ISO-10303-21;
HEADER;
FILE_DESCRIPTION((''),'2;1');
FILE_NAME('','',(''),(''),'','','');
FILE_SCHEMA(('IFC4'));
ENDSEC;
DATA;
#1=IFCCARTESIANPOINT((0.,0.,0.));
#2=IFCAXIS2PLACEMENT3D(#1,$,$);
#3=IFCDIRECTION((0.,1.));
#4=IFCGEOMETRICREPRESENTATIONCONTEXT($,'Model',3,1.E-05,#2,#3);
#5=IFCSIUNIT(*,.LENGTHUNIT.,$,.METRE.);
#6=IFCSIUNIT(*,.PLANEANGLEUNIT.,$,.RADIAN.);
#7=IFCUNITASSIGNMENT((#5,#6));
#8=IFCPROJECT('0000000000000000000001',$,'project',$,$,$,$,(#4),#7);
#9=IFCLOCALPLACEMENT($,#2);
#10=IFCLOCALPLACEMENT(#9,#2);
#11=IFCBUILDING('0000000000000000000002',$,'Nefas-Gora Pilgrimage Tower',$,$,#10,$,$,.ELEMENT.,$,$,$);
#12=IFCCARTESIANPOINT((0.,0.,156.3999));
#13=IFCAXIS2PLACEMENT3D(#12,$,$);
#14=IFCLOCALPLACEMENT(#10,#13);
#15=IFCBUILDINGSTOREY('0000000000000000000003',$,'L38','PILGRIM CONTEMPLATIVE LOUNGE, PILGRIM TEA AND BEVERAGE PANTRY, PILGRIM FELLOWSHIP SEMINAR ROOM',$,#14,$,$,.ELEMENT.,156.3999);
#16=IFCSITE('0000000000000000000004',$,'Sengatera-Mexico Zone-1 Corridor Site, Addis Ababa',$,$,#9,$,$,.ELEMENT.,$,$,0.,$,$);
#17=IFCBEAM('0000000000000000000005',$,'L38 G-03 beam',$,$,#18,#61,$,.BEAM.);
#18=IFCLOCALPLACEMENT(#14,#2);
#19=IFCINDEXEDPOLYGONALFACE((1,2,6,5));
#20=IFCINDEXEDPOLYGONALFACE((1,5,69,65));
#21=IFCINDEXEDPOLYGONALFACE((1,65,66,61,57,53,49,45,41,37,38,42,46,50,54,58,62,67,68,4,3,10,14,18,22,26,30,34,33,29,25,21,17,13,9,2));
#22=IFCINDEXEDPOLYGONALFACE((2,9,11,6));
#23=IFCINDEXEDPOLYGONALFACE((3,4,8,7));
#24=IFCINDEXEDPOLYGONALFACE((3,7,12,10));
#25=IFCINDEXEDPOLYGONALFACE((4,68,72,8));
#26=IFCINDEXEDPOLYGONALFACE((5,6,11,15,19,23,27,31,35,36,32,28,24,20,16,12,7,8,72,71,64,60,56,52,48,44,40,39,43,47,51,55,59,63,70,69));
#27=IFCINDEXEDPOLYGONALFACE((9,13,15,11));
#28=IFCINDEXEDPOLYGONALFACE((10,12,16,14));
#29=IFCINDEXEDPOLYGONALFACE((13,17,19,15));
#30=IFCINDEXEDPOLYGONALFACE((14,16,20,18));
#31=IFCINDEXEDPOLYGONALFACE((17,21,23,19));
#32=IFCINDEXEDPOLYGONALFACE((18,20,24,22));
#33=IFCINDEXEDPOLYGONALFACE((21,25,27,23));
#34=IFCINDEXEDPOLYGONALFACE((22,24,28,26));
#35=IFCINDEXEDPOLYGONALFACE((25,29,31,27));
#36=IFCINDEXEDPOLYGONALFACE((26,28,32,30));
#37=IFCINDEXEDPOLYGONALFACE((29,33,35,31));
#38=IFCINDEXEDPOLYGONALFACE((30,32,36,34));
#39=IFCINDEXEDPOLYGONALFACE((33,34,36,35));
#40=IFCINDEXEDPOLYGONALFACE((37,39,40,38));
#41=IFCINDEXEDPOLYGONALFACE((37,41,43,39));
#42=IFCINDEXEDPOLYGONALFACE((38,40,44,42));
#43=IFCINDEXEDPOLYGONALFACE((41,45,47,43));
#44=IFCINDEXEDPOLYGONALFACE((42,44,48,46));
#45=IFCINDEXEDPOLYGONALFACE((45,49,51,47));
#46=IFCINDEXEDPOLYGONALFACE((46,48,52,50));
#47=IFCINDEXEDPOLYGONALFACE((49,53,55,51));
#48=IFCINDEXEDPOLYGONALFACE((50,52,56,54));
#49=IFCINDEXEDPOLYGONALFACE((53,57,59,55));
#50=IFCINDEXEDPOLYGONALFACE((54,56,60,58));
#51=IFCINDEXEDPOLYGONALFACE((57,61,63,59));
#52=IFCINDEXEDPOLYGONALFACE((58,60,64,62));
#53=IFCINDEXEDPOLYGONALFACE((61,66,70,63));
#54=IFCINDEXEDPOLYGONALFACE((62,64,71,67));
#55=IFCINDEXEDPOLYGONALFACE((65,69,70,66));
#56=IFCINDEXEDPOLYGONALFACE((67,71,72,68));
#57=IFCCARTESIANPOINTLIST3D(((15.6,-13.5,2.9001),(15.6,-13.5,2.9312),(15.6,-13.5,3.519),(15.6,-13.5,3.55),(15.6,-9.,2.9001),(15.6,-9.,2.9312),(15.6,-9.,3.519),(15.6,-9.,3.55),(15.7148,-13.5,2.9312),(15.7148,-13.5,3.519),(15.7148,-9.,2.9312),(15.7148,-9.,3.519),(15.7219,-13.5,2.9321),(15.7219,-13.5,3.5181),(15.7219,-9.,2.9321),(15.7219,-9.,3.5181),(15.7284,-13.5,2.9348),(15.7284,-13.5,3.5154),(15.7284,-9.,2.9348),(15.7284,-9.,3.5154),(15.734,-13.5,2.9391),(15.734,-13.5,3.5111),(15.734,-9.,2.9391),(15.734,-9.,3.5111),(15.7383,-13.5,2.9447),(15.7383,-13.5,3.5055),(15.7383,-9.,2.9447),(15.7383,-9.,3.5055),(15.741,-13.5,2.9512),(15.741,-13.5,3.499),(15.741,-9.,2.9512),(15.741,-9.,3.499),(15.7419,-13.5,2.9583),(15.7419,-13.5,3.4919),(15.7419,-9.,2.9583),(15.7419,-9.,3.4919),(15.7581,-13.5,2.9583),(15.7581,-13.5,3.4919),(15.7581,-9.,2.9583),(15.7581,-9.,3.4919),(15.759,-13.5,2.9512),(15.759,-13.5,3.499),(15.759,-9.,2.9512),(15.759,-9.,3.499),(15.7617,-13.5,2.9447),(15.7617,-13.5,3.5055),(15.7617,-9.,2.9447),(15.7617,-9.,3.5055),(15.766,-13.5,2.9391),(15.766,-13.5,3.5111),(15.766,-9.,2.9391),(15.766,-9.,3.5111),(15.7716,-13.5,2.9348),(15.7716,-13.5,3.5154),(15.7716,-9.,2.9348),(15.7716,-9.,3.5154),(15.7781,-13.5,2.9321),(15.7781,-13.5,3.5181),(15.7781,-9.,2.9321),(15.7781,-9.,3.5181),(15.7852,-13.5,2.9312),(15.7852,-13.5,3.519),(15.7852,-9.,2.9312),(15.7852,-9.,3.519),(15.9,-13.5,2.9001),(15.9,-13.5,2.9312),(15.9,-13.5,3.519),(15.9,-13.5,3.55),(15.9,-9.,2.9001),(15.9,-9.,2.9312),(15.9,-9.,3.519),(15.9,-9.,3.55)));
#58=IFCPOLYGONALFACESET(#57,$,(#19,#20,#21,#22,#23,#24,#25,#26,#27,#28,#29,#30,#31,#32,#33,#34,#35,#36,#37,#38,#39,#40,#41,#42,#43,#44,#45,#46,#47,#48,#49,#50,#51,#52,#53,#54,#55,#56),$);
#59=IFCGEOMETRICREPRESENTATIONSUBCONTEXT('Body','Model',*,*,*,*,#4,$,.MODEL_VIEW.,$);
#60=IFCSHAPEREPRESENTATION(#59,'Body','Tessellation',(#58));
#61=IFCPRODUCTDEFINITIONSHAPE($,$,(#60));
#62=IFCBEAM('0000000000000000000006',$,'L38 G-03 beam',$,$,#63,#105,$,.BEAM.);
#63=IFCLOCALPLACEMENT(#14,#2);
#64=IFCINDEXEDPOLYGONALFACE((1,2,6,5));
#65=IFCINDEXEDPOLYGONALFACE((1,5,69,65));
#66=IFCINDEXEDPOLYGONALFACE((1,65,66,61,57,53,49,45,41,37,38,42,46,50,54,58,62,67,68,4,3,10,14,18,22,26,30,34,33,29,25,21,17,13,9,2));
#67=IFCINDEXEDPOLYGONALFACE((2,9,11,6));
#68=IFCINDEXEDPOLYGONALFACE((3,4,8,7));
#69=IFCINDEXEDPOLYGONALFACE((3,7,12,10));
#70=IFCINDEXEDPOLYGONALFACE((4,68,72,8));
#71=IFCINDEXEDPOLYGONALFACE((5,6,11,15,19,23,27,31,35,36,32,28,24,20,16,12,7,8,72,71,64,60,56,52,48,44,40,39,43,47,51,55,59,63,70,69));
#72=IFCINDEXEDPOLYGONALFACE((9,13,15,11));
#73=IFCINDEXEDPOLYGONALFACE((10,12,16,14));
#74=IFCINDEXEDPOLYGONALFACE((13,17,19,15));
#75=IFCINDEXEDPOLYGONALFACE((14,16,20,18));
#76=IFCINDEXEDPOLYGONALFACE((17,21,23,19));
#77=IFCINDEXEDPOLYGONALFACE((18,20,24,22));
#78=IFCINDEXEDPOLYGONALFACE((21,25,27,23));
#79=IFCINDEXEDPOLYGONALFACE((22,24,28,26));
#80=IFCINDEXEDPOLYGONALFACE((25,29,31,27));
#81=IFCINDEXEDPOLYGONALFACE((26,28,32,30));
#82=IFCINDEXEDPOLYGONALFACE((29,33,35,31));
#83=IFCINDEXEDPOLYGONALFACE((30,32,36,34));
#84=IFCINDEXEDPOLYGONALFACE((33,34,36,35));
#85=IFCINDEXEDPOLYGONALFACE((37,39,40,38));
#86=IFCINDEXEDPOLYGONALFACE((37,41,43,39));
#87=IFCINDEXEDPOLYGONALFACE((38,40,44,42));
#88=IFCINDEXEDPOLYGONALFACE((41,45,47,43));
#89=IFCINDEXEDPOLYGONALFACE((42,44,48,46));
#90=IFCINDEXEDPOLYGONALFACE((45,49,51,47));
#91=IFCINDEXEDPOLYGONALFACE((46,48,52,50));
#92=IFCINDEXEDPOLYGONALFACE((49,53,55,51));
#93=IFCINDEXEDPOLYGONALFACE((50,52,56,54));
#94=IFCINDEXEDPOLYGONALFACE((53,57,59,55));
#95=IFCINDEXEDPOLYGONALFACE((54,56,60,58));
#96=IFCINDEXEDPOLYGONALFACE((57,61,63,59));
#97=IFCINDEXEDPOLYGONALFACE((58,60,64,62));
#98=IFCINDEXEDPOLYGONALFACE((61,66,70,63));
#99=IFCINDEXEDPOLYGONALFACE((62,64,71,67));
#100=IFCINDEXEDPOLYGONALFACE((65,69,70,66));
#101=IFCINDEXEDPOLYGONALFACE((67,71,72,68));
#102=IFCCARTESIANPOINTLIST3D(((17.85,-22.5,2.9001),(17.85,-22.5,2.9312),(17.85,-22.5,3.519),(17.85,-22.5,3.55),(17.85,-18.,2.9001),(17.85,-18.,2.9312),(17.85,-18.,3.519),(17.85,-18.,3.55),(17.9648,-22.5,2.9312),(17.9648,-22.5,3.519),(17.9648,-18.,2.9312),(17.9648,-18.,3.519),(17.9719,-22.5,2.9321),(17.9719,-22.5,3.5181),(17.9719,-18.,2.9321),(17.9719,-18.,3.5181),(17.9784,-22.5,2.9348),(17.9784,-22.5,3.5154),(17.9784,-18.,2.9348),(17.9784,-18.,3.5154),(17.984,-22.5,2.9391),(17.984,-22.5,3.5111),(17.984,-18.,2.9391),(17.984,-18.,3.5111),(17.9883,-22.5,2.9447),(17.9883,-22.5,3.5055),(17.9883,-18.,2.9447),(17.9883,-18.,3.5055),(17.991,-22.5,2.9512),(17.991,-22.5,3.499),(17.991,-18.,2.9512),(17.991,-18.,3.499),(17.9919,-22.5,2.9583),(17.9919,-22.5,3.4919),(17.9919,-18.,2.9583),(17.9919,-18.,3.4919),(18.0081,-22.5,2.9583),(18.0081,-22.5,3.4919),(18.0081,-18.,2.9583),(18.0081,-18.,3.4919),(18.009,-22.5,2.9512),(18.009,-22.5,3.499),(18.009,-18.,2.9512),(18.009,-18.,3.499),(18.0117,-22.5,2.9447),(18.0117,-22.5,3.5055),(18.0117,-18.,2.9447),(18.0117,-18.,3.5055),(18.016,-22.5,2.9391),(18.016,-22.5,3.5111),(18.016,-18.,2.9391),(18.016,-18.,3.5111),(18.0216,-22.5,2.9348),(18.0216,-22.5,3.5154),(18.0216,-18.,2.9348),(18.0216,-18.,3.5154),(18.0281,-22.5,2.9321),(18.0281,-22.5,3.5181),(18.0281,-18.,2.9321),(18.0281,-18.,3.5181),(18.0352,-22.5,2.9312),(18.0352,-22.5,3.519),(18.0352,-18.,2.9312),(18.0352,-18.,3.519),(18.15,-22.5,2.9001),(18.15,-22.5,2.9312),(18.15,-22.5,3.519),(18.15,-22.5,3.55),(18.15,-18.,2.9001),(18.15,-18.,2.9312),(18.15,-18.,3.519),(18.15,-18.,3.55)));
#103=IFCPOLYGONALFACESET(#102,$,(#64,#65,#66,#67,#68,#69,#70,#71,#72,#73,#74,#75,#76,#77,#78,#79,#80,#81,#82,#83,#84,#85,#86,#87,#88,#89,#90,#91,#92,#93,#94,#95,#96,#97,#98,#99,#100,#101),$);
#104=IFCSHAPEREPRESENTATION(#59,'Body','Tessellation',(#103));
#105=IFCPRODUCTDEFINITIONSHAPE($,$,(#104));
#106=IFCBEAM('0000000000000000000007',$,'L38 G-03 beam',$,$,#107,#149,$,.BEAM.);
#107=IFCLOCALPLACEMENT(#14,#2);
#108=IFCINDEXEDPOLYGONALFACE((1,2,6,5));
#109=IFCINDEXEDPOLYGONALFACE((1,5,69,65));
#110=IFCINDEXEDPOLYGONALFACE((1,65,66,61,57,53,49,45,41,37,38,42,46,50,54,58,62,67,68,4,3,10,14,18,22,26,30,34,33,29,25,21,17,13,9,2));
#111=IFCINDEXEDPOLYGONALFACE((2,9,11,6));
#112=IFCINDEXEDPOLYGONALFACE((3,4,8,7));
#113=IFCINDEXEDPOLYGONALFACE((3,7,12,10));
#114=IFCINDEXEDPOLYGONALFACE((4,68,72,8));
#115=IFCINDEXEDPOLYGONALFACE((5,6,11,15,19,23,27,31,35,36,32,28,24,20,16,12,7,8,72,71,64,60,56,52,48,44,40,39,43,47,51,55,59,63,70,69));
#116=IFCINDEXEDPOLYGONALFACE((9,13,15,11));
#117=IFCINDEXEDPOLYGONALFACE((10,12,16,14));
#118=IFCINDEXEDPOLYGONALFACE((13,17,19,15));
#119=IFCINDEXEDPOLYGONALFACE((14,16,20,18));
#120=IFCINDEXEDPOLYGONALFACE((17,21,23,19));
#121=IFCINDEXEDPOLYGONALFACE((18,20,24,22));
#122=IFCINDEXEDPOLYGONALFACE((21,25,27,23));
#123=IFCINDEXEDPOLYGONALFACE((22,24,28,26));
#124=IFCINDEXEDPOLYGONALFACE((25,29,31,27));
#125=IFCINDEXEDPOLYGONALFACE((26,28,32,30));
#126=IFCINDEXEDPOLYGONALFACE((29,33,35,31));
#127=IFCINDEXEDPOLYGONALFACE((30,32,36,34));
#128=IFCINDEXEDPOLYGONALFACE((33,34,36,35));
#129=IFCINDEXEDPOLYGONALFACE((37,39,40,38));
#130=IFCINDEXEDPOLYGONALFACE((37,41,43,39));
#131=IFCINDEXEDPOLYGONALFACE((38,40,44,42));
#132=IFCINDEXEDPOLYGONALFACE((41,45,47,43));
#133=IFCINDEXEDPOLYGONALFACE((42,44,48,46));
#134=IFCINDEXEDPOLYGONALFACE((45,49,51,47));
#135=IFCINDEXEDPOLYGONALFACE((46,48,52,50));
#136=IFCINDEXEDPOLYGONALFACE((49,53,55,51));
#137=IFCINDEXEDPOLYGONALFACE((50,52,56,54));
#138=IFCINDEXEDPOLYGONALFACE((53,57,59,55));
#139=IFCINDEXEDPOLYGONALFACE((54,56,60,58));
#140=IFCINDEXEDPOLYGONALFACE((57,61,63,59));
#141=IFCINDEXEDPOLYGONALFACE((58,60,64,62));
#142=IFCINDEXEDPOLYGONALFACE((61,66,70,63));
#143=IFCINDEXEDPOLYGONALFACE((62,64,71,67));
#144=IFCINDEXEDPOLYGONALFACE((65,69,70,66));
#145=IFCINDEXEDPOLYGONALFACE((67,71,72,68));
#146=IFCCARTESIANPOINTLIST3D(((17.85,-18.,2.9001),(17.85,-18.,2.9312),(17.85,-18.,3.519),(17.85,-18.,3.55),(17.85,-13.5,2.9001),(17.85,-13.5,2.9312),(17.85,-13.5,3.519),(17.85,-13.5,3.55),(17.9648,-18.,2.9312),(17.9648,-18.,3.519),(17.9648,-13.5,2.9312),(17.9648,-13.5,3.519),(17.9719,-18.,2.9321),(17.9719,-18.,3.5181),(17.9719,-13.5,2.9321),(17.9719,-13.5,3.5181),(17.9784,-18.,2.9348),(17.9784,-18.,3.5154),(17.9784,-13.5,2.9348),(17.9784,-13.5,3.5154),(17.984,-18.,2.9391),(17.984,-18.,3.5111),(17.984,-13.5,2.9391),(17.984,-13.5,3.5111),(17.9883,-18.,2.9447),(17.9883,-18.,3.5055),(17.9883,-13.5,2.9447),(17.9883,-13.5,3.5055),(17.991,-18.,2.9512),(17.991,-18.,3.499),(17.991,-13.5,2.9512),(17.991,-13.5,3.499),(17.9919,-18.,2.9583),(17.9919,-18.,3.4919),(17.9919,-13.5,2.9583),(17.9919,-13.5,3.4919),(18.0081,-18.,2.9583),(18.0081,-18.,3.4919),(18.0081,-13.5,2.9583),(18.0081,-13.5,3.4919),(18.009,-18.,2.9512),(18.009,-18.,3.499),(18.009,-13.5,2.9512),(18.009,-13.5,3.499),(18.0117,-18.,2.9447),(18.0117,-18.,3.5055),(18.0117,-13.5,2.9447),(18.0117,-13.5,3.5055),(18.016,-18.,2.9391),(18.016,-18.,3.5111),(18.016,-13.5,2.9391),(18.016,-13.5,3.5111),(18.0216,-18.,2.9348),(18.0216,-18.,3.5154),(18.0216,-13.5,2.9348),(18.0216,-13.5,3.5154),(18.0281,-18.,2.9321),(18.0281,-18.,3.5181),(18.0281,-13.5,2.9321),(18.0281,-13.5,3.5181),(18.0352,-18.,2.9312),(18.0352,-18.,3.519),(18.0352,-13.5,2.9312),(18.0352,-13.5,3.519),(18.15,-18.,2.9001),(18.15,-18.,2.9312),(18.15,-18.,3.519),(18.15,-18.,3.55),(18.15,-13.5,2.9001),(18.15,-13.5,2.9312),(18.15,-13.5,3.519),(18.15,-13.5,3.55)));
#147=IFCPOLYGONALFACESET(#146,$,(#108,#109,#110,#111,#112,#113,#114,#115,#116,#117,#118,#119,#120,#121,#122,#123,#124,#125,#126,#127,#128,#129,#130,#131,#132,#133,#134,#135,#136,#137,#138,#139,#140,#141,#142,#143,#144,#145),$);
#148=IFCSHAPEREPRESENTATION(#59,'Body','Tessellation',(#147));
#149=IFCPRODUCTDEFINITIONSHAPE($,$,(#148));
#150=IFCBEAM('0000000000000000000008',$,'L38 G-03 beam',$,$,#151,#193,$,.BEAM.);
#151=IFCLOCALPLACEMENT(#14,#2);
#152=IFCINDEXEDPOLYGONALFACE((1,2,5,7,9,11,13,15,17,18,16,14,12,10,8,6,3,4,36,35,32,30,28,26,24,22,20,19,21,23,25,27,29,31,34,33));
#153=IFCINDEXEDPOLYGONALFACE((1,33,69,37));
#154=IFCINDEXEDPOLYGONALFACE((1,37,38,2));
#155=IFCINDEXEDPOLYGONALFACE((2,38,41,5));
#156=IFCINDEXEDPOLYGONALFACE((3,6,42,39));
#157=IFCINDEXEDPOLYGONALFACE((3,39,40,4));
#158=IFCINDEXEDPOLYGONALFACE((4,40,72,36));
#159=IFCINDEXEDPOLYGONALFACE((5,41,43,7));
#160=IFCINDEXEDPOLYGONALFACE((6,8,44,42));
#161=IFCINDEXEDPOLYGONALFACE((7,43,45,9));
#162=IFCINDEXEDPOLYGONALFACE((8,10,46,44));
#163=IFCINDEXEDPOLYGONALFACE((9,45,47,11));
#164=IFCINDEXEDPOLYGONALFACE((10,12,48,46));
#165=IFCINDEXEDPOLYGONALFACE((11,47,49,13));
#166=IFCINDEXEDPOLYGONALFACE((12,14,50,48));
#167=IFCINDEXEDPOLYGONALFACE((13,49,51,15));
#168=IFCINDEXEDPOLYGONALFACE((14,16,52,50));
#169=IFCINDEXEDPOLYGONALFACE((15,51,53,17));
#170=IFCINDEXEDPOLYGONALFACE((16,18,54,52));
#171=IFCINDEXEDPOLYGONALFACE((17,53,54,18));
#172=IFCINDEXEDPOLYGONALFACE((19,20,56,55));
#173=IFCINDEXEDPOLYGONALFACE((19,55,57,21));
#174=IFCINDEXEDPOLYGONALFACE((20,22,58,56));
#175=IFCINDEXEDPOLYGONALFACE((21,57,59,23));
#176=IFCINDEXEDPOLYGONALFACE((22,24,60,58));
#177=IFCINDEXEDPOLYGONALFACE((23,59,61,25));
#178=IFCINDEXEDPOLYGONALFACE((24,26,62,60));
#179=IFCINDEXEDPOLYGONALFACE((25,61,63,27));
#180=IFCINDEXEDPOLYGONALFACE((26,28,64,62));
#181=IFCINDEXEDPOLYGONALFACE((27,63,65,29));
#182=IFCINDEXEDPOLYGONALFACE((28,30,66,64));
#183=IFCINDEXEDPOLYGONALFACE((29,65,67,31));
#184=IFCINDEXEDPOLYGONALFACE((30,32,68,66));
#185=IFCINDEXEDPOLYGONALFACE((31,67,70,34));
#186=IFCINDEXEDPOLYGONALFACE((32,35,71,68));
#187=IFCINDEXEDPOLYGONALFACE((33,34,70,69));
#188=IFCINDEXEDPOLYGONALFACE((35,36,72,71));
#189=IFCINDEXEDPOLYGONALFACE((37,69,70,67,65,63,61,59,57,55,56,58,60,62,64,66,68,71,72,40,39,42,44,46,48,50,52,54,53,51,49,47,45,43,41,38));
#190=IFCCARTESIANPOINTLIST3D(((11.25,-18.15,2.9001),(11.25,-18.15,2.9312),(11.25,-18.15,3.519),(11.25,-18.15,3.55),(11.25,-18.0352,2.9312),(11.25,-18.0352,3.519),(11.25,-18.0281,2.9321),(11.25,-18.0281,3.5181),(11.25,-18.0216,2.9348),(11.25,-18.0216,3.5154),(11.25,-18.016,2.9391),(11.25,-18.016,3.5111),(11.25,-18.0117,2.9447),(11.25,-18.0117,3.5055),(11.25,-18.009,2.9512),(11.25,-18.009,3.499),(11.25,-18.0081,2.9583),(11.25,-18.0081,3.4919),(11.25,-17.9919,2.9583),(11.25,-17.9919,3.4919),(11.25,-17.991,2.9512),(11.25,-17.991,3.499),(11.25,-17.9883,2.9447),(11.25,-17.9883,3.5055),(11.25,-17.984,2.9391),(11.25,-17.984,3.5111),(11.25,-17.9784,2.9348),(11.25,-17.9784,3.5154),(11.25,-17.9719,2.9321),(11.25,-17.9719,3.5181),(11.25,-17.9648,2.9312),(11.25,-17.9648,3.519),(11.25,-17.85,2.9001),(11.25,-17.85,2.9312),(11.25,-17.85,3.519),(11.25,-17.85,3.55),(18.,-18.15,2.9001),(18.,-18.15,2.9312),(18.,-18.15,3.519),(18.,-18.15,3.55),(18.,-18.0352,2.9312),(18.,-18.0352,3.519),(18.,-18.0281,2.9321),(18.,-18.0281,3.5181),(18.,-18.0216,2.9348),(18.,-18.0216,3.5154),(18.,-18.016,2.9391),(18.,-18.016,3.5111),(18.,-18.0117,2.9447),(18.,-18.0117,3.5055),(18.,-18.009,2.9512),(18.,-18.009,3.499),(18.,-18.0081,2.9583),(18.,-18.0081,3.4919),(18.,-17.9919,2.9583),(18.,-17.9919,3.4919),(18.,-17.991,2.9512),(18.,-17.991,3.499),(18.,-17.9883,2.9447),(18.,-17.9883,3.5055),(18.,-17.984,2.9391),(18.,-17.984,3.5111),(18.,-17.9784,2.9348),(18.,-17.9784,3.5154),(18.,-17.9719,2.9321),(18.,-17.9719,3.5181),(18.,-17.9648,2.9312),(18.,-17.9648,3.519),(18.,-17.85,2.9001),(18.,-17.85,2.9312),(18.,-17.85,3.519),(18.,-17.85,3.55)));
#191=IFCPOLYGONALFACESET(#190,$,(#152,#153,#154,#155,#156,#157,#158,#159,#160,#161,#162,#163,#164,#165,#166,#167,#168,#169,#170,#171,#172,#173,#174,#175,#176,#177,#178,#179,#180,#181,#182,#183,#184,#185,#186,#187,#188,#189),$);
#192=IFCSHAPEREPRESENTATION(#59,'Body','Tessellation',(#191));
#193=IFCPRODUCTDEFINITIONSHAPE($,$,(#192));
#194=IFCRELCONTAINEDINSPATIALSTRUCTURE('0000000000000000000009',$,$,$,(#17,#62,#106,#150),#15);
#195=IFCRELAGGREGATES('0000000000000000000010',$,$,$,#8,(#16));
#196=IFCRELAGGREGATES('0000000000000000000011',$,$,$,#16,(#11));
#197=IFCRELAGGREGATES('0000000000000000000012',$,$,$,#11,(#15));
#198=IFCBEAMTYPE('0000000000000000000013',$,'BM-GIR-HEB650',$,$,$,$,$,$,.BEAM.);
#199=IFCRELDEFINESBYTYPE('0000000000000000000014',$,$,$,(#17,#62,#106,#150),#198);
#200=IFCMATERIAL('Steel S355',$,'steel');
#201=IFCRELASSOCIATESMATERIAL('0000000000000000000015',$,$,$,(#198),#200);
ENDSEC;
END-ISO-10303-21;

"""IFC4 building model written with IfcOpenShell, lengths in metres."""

from ifc_helpers import new_model, si_unit, direction, frame, origin, origin_2d, place, context, subcontext, project, spatial, i_section, extrude, source, transform, mapped, material, material_profile, profile_set, type_object, element, save


model = new_model("IFC4")

# Units and contexts
model_context = context("Model", 3, precision=1e-05, world=origin(), true_north=direction((0.0, 1.0)))
body_context = subcontext(model_context, "Body", "Model", "MODEL_VIEW")
ifc_project = project(units=[si_unit("LENGTHUNIT", "METRE"), si_unit("PLANEANGLEUNIT", "RADIAN")], contexts=[model_context])

# Site, building, storey
site_placement = place(None, origin())
site = spatial("IfcSite", under=ifc_project, at=site_placement, Name="Sengatera-Mexico Zone-1 Corridor Site, Addis Ababa", CompositionType="ELEMENT", RefElevation=0.0)
building_placement = place(site_placement, origin())
building = spatial("IfcBuilding", under=site, at=building_placement, Name="Nefas-Gora Pilgrimage Tower", CompositionType="ELEMENT")
storey_placement = place(building_placement, frame((0.0, 0.0, 156.3999)))
storey = spatial("IfcBuildingStorey", under=building, at=storey_placement, Name="L38", Description="PILGRIM CONTEMPLATIVE LOUNGE, PILGRIM TEA AND BEVERAGE PANTRY, PILGRIM FELLOWSHIP SEMINAR ROOM", CompositionType="ELEMENT", Elevation=156.3999)

# Beams
ifc_material_1 = material(Name="Steel S355", Category="steel")
ifc_material_profile_1 = material_profile(ifc_material_1, i_section(OverallWidth=0.3, OverallDepth=0.6499, WebThickness=0.0161, FlangeThickness=0.031, FilletRadius=0.0271, at=origin_2d()), Name="HEB 650")
ifc_profile_set_1 = profile_set([ifc_material_profile_1], Name="Steel S355")
beam_type_1 = type_object("IfcBeamType", Name="BM-GIR-HEB650", PredefinedType="BEAM", material=ifc_profile_set_1)
shared_shape_1 = source(origin(), body_context, "Body", "SweptSolid", [
    extrude(i_section(OverallWidth=0.3, OverallDepth=0.6499, WebThickness=0.0161, FlangeThickness=0.031, FilletRadius=0.0271, at=origin_2d()), origin(), (0.0, 0.0, 1.0), 4.5),
])
for number, where, z_axis, x_axis, name in (
    (1, (15.75, -13.5, 3.2251), (0.0, 1.0, 0.0), (-1.0, 0.0, 0.0), "L38 G-03 beam"),
    (2, (18.0, -22.5, 3.2251), (0.0, 1.0, 0.0), (-1.0, 0.0, 0.0), "L38 G-03 beam"),
    (3, (18.0, -18.0, 3.2251), (0.0, 1.0, 0.0), (-1.0, 0.0, 0.0), "L38 G-03 beam"),
):
    element("IfcBeam", number, at=place(storey_placement, frame(where, z_axis=z_axis, x_axis=x_axis)), inside=storey, type_object=beam_type_1, Name=name, PredefinedType="BEAM", context=body_context, shape_type="MappedRepresentation", body=[
        mapped(shared_shape_1, transform((0.0, 0.0, 0.0), x_axis=(1.0, 0.0, 0.0), y_axis=(0.0, 1.0, 0.0), z_axis=(0.0, 0.0, 1.0), scale=1.0)),
    ])
shared_shape_2 = source(origin(), body_context, "Body", "SweptSolid", [
    extrude(i_section(OverallWidth=0.3, OverallDepth=0.6499, WebThickness=0.0161, FlangeThickness=0.031, FilletRadius=0.0271, at=origin_2d()), origin(), (0.0, 0.0, 1.0), 6.75),
])
beam_1_placement = place(storey_placement, frame((11.25, -18.0, 3.2251), z_axis=(1.0, 0.0, 0.0), x_axis=(0.0, 1.0, 0.0)))
element("IfcBeam", 4, at=beam_1_placement, inside=storey, type_object=beam_type_1, Name="L38 G-03 beam", PredefinedType="BEAM", context=body_context, shape_type="MappedRepresentation", body=[
    mapped(shared_shape_2, transform((0.0, 0.0, 0.0), x_axis=(1.0, 0.0, 0.0), y_axis=(0.0, 1.0, 0.0), z_axis=(0.0, 0.0, 1.0), scale=1.0)),
])

save(model, "model.ifc")
